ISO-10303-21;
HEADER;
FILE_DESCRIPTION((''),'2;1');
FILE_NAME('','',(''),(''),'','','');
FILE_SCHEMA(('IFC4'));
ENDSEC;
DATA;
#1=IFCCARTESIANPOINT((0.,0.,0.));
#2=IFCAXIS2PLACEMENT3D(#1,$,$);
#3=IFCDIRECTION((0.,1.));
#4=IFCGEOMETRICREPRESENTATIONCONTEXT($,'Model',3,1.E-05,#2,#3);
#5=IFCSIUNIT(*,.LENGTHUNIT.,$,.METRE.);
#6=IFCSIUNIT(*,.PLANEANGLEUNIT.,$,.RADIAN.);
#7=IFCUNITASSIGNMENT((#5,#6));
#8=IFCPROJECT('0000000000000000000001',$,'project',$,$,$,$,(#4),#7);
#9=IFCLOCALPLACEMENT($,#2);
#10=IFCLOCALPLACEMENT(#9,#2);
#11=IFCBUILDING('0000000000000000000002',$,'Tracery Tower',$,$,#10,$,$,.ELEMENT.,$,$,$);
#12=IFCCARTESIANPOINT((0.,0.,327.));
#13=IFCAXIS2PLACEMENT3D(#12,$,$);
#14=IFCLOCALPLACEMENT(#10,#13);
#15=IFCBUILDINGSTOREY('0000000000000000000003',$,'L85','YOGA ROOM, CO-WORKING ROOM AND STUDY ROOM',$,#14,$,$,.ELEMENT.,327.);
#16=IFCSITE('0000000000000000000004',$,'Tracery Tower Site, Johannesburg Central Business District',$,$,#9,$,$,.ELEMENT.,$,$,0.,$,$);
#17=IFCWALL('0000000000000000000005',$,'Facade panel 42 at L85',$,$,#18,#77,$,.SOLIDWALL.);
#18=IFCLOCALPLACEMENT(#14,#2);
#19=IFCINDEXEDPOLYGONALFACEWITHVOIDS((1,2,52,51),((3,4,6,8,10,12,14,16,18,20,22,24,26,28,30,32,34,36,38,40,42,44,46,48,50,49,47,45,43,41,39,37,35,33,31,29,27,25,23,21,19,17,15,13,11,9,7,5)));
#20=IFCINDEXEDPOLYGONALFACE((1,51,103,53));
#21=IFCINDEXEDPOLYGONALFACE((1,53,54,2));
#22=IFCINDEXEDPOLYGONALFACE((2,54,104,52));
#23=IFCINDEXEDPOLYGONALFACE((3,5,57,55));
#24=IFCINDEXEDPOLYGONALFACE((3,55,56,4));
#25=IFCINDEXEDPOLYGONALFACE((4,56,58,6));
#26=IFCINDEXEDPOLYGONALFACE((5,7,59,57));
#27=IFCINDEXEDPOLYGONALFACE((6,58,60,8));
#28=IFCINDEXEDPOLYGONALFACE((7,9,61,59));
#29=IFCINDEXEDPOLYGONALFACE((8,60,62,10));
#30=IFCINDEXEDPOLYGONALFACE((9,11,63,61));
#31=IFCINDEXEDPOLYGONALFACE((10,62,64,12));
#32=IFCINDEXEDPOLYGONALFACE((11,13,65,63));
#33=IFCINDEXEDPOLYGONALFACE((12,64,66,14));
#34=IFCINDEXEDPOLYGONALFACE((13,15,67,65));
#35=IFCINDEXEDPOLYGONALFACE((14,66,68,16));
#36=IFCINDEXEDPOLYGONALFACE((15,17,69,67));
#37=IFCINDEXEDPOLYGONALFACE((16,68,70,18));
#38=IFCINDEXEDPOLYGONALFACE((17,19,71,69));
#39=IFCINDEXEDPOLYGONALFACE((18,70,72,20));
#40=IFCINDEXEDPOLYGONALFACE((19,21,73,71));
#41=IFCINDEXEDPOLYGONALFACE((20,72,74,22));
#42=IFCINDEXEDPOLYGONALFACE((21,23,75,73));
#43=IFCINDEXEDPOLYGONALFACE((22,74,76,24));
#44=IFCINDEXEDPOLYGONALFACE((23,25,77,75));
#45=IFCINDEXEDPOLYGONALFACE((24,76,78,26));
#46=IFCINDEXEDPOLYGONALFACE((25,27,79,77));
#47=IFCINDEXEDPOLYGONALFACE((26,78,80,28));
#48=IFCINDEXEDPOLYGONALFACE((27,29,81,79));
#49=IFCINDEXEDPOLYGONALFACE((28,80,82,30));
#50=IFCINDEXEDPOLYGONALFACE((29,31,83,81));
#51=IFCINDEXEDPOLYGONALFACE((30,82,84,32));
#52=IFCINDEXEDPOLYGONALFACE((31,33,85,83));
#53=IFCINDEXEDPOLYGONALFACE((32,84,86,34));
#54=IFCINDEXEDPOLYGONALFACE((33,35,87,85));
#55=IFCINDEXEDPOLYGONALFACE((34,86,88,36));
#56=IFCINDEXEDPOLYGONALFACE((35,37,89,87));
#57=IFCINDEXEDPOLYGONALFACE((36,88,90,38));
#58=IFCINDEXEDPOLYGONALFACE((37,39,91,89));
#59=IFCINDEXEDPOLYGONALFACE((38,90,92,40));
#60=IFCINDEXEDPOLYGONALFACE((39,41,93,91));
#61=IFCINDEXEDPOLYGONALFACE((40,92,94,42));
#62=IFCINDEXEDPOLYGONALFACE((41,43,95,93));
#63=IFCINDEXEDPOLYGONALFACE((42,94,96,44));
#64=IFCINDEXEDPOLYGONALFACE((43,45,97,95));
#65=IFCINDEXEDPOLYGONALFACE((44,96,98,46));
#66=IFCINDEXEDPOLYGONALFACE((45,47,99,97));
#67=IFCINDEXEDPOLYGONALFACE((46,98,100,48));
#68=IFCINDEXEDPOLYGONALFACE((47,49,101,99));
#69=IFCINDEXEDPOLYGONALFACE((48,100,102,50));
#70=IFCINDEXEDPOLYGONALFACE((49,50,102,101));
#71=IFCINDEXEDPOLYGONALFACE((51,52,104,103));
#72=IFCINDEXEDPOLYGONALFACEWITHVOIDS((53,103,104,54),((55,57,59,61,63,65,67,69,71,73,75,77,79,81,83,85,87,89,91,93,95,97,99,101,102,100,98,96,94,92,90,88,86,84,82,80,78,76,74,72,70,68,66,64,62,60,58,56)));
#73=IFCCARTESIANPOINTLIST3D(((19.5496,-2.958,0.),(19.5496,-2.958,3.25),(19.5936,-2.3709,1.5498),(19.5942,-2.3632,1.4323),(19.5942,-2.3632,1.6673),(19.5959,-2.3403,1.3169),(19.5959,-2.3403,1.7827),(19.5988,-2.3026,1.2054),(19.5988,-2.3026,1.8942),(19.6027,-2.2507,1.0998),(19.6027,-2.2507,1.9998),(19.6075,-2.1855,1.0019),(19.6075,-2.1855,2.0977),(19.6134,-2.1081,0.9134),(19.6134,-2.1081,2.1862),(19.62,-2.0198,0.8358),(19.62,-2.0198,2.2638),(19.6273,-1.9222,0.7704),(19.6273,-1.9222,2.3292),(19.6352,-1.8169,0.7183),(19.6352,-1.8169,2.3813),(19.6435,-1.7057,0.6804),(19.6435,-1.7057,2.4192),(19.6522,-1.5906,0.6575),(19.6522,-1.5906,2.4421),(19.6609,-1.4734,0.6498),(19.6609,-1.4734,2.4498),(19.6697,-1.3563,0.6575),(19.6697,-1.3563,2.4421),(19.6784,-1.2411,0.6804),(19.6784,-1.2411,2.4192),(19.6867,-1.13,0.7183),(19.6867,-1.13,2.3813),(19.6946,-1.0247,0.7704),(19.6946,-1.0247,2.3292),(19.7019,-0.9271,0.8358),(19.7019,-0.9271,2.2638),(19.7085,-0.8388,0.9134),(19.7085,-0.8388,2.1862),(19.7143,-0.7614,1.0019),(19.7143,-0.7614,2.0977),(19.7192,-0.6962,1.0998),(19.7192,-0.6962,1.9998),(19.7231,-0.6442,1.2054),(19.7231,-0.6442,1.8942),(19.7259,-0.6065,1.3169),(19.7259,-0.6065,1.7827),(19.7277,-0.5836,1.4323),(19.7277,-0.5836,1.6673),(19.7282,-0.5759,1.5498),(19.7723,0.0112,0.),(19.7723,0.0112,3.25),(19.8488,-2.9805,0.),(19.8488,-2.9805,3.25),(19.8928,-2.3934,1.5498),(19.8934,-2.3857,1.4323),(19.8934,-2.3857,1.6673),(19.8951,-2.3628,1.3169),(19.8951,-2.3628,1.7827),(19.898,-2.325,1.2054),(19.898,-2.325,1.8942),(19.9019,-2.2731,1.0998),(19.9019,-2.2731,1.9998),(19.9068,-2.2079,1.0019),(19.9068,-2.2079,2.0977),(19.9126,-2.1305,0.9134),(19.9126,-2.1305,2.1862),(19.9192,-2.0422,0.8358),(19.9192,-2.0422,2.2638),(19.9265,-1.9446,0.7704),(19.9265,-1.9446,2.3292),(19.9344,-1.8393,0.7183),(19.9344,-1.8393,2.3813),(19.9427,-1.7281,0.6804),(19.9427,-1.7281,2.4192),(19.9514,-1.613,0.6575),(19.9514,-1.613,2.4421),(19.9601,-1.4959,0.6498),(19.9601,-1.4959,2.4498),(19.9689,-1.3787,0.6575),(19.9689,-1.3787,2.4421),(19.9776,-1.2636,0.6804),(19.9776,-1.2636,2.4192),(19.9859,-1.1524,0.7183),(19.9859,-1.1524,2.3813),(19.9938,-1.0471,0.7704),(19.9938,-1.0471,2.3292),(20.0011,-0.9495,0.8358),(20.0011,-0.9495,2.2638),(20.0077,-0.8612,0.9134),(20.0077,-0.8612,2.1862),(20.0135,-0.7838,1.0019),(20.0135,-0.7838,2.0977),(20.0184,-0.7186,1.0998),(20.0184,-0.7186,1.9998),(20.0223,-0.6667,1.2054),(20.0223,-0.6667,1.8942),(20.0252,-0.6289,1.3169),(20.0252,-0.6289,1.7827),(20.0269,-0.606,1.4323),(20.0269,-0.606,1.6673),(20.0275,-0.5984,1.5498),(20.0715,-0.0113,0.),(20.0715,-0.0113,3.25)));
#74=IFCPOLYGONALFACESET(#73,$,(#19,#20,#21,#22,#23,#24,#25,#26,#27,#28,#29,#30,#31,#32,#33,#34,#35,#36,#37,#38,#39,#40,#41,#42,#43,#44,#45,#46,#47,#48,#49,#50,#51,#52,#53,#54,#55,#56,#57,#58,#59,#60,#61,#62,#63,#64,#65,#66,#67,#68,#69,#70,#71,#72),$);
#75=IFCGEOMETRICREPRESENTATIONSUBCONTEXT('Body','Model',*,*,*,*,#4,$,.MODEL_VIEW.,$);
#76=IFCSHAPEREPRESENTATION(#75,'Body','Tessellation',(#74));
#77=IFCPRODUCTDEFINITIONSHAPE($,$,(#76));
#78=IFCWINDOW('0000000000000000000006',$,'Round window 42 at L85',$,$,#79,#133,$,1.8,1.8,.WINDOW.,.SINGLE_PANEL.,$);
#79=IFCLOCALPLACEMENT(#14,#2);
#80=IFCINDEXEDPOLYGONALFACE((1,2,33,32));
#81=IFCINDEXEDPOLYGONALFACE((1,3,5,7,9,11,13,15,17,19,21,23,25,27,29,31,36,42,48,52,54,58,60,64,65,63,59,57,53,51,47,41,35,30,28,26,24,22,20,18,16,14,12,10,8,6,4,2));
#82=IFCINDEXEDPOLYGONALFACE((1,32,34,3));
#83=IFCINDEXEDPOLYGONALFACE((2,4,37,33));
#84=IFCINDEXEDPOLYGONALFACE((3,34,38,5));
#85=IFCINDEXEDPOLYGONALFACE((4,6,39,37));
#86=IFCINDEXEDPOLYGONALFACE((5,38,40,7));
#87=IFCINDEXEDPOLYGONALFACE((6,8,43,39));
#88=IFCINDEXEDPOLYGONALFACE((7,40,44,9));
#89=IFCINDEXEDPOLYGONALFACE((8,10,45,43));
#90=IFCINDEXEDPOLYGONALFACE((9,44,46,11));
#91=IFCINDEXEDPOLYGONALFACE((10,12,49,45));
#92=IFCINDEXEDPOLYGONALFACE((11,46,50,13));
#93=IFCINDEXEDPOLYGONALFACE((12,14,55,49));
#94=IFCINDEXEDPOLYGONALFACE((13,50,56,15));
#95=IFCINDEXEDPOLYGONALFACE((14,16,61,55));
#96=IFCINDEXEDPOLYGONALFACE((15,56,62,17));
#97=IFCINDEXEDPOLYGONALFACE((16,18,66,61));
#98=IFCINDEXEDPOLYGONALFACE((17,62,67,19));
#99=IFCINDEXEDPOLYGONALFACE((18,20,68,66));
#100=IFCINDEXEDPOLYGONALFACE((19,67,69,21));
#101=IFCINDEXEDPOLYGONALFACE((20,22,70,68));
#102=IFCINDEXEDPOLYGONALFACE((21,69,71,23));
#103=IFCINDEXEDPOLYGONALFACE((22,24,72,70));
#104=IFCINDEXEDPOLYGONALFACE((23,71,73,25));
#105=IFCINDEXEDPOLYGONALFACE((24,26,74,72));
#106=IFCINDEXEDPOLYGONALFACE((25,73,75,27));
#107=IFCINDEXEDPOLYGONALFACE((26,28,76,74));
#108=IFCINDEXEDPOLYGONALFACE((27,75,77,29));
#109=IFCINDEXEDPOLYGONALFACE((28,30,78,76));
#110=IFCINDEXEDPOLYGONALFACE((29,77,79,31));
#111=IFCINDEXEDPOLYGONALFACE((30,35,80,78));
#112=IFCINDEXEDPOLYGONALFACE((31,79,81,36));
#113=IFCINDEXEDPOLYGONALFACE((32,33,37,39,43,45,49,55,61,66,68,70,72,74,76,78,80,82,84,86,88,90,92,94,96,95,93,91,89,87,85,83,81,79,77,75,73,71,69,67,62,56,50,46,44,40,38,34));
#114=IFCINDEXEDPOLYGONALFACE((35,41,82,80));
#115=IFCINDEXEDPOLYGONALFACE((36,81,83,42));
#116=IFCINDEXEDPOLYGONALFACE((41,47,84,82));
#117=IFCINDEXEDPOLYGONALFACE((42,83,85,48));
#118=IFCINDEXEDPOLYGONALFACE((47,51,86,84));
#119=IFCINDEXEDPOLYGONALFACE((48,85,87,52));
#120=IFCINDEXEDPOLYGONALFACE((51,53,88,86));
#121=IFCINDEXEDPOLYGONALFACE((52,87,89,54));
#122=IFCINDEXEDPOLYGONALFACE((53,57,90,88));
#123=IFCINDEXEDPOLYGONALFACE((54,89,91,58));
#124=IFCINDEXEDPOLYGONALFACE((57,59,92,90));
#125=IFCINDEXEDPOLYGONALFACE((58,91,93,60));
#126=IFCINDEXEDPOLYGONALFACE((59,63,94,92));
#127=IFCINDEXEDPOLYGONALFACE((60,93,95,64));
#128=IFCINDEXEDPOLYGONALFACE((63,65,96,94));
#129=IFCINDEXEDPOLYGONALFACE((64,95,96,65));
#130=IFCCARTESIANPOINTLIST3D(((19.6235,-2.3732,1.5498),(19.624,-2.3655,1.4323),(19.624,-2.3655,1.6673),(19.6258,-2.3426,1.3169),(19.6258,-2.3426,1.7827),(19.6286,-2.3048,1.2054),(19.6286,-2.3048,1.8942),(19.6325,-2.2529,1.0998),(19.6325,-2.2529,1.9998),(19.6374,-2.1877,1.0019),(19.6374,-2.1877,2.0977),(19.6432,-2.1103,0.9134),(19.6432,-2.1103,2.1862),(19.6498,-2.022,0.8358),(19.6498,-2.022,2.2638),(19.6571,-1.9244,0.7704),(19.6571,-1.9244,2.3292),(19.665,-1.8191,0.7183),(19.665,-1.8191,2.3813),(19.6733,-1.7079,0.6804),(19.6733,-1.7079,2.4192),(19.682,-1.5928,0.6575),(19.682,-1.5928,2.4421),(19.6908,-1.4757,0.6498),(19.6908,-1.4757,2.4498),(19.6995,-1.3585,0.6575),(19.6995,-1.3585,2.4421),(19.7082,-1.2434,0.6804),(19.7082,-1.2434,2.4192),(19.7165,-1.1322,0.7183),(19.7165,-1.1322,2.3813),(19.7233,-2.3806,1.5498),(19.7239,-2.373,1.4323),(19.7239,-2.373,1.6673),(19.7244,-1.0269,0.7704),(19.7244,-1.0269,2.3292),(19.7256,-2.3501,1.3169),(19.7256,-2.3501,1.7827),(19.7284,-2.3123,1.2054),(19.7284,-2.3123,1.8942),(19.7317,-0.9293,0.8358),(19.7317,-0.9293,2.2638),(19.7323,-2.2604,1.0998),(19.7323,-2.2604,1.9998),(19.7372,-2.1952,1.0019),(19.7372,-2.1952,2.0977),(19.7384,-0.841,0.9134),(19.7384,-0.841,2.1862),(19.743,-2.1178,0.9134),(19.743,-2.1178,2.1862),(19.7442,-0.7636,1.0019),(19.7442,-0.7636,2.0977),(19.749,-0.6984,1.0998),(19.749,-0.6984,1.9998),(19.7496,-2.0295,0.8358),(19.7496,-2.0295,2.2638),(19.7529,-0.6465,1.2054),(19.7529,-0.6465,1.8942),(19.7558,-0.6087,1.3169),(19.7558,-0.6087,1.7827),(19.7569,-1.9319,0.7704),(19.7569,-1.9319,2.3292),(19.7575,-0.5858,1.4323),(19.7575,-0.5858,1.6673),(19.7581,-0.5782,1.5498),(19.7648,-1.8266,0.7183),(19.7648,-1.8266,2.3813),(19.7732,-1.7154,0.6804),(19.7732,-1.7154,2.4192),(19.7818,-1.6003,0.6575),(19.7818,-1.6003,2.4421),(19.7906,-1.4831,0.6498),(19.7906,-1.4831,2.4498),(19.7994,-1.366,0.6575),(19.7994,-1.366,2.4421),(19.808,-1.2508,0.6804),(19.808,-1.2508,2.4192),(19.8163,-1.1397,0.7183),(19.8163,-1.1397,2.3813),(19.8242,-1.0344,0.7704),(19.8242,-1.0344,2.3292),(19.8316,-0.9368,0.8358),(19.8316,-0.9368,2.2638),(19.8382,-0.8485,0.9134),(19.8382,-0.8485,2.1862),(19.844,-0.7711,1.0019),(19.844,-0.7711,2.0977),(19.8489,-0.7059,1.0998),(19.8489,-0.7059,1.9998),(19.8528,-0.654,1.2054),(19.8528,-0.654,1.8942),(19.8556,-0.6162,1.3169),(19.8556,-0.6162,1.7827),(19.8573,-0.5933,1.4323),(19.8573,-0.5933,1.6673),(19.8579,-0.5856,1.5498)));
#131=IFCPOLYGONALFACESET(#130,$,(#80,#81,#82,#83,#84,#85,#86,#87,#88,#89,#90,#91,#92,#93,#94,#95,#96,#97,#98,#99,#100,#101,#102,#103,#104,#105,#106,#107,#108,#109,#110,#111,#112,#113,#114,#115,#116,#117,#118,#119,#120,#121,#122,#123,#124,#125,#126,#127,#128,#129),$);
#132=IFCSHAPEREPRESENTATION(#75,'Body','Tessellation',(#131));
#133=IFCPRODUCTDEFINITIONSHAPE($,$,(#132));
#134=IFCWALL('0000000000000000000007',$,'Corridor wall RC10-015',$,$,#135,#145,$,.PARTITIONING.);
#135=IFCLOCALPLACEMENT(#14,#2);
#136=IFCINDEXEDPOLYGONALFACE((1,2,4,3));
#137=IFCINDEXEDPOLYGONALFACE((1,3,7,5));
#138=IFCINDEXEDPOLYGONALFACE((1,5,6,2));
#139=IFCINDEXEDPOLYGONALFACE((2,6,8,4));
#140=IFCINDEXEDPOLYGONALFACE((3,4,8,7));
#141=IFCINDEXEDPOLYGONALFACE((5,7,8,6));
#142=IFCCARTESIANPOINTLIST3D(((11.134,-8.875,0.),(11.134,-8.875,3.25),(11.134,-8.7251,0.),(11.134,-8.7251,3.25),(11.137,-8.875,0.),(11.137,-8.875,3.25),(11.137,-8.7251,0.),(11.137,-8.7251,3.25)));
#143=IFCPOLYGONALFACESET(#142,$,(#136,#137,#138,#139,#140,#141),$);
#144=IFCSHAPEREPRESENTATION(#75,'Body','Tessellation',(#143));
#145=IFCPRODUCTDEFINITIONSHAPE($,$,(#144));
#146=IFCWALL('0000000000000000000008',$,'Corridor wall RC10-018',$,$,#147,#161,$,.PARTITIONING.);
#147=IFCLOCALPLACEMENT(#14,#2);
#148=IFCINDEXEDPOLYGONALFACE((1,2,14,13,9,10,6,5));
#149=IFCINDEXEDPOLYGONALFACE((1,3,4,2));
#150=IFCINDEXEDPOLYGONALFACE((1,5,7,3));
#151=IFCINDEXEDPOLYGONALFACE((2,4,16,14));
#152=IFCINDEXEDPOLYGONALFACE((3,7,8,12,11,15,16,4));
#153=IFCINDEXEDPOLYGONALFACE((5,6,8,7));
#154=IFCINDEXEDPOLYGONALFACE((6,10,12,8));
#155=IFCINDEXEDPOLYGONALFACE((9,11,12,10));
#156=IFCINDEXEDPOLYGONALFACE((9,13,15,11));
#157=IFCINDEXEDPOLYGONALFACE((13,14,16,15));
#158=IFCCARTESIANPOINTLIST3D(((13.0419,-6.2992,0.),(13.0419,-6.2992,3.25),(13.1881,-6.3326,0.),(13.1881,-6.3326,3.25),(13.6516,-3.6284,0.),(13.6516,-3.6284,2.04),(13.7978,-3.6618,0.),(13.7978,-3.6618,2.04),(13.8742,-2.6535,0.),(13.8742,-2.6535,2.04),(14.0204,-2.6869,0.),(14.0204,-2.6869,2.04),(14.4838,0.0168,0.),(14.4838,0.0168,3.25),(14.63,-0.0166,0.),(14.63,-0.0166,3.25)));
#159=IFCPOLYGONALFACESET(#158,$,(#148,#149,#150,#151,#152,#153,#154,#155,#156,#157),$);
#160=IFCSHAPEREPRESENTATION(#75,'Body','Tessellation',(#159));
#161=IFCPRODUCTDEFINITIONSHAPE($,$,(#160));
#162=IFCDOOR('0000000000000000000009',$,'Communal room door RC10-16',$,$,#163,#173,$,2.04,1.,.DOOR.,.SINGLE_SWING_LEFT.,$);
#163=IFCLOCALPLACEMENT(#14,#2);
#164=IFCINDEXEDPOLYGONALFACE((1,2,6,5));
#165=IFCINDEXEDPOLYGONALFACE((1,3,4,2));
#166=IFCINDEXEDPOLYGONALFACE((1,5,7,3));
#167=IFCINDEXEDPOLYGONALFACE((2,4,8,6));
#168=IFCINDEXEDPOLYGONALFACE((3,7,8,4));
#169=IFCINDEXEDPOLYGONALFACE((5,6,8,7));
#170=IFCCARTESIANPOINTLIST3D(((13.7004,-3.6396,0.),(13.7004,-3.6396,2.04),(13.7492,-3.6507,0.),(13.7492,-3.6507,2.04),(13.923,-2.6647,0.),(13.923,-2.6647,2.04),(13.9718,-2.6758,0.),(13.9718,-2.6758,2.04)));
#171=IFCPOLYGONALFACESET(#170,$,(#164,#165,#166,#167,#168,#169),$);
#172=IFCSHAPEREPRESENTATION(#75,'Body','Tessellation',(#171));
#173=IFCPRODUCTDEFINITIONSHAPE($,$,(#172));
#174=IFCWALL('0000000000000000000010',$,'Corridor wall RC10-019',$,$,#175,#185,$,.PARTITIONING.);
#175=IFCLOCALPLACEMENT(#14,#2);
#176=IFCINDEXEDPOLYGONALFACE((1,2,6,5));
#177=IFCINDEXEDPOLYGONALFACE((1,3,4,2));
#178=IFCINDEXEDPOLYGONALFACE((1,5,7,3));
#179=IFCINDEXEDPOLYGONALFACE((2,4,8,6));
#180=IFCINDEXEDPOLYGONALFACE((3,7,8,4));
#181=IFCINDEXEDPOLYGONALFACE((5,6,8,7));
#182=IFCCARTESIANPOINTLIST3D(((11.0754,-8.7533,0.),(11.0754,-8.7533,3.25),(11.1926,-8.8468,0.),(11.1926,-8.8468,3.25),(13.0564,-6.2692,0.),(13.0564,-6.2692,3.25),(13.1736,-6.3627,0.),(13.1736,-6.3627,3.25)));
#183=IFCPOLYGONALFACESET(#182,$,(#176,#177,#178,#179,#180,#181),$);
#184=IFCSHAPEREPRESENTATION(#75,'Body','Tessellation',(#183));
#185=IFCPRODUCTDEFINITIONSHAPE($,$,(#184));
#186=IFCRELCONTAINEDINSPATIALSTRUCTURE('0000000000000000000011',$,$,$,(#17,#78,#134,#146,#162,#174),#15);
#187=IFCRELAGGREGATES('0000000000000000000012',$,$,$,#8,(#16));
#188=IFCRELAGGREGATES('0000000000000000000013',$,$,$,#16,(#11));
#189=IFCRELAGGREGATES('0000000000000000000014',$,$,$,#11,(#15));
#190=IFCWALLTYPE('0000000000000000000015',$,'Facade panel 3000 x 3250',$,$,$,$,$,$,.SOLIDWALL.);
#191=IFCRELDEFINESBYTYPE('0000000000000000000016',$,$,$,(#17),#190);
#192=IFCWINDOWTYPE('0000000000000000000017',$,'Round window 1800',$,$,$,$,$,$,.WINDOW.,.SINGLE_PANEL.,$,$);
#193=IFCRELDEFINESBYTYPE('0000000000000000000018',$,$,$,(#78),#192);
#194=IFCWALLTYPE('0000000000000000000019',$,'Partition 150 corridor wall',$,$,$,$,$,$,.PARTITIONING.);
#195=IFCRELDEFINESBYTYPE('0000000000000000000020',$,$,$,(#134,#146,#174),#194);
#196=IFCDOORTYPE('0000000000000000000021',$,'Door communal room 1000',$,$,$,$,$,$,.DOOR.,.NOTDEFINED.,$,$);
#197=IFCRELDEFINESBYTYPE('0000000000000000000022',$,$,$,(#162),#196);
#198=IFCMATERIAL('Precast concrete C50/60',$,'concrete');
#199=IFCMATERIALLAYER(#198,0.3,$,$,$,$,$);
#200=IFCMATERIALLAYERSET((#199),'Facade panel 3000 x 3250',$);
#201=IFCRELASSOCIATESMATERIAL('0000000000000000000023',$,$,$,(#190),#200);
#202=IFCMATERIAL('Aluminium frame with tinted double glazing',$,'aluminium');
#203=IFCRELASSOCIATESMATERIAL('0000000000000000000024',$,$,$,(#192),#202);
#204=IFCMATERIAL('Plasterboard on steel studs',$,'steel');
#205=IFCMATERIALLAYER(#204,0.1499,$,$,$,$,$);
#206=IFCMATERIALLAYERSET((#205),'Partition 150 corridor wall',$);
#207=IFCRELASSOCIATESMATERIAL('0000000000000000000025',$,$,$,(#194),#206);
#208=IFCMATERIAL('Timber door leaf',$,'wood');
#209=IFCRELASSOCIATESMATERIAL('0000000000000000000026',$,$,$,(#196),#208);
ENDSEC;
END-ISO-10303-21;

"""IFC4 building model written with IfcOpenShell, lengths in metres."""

from ifc_helpers import new_model, si_unit, direction, frame, frame_2d, origin, origin_2d, place, context, subcontext, project, spatial, rectangle, circle, extrude, material, layer, layer_set, type_object, element, fill, save


model = new_model("IFC4")

# Units and contexts
model_context = context("Model", 3, precision=1e-05, world=origin(), true_north=direction((0.0, 1.0)))
body_context = subcontext(model_context, "Body", "Model", "MODEL_VIEW")
ifc_project = project(units=[si_unit("LENGTHUNIT", "METRE"), si_unit("PLANEANGLEUNIT", "RADIAN")], contexts=[model_context])

# Site, building, storey
site_placement = place(None, origin())
site = spatial("IfcSite", under=ifc_project, at=site_placement, Name="Tracery Tower Site, Johannesburg Central Business District", CompositionType="ELEMENT", RefElevation=0.0)
building_placement = place(site_placement, origin())
building = spatial("IfcBuilding", under=site, at=building_placement, Name="Tracery Tower", CompositionType="ELEMENT")
storey_placement = place(building_placement, frame((0.0, 0.0, 327.0)))
storey = spatial("IfcBuildingStorey", under=building, at=storey_placement, Name="L85", Description="YOGA ROOM, CO-WORKING ROOM AND STUDY ROOM", CompositionType="ELEMENT", Elevation=327.0)

# Wall, opening, window
ifc_material_1 = material(Name="Precast concrete C50/60", Category="concrete")
ifc_layer_1 = layer(ifc_material_1, 0.3)
ifc_layer_set_1 = layer_set([ifc_layer_1], Name="Facade panel 3000 x 3250")
wall_type_1 = type_object("IfcWallType", Name="Facade panel 3000 x 3250", PredefinedType="SOLIDWALL", material=ifc_layer_set_1)
ifc_material_2 = material(Name="Aluminium frame with tinted double glazing", Category="aluminium")
window_type = type_object("IfcWindowType", Name="Round window 1800", PartitioningType="SINGLE_PANEL", PredefinedType="WINDOW", material=ifc_material_2)
wall_1_placement = place(storey_placement, frame((19.6992, -2.9692, 0.0), z_axis=(0.0, 0.0, 1.0), x_axis=(0.074778, 0.9972, 0.0)))
wall_1 = element("IfcWall", 1, at=wall_1_placement, inside=storey, type_object=wall_type_1, Name="Facade panel 42 at L85", PredefinedType="SOLIDWALL", context=body_context, shape_type="SweptSolid", body=[
    extrude(rectangle(XDim=2.9775, YDim=0.3, at=frame_2d((1.4888, 0.0))), origin(), (0.0, 0.0, 1.0), 3.25),
])
opening_1_placement = place(wall_1_placement, frame((1.4888, 0.0, 1.5498)))
opening_1 = element("IfcOpeningElement", 2, at=opening_1_placement, cuts=wall_1, PredefinedType="OPENING", context=body_context, shape_type="SweptSolid", body=[
    extrude(circle(Radius=0.9, at=origin_2d()), frame((0.0, 0.1599, 0.0), z_axis=(0.0, -1.0, 0.0), x_axis=(1.0, 0.0, 0.0)), (0.0, 0.0, 1.0), 0.3201),
])
window_1_placement = place(opening_1_placement, origin())
window_1 = element("IfcWindow", 3, at=window_1_placement, inside=storey, type_object=window_type, Name="Round window 42 at L85", OverallHeight=1.8, OverallWidth=1.8, PartitioningType="SINGLE_PANEL", PredefinedType="WINDOW", context=body_context, shape_type="SweptSolid", body=[
    extrude(circle(Radius=0.9, at=origin_2d()), frame((0.0, 0.1201, 0.0), z_axis=(0.0, -1.0, 0.0), x_axis=(1.0, 0.0, 0.0)), (0.0, 0.0, 1.0), 0.1001),
])
fill(opening_1, window_1)

# Wall
ifc_material_3 = material(Name="Plasterboard on steel studs", Category="steel")
ifc_layer_2 = layer(ifc_material_3, 0.1499)
ifc_layer_set_2 = layer_set([ifc_layer_2], Name="Partition 150 corridor wall")
wall_type_2 = type_object("IfcWallType", Name="Partition 150 corridor wall", PredefinedType="PARTITIONING", material=ifc_layer_set_2)
wall_2_placement = place(storey_placement, frame((11.137, -8.8, 0.0), z_axis=(0.0, 0.0, 1.0), x_axis=(-1.0, 0.0, 0.0)))
element("IfcWall", 4, at=wall_2_placement, inside=storey, type_object=wall_type_2, Name="Corridor wall RC10-015", PredefinedType="PARTITIONING", context=body_context, shape_type="SweptSolid", body=[
    extrude(rectangle(XDim=0.0029, YDim=0.1499, at=frame_2d((0.0015, 0.0))), origin(), (0.0, 0.0, 1.0), 3.25),
])

# Wall, opening, door
wall_3_placement = place(storey_placement, frame((13.115, -6.3159, 0.0), z_axis=(0.0, 0.0, 1.0), x_axis=(0.222569, 0.974917, 0.0)))
wall_3 = element("IfcWall", 5, at=wall_3_placement, inside=storey, type_object=wall_type_2, Name="Corridor wall RC10-018", PredefinedType="PARTITIONING", context=body_context, shape_type="SweptSolid", body=[
    extrude(rectangle(XDim=6.4785, YDim=0.1499, at=frame_2d((3.2393, 0.0))), origin(), (0.0, 0.0, 1.0), 3.25),
])
opening_2_placement = place(wall_3_placement, frame((2.7395, 0.0, 0.0)))
opening_2 = element("IfcOpeningElement", 6, at=opening_2_placement, cuts=wall_3, PredefinedType="OPENING", context=body_context, shape_type="SweptSolid", body=[
    extrude(rectangle(XDim=1.0, YDim=2.04, at=frame_2d((0.5, 1.02))), frame((0.0, 0.075, 0.0), z_axis=(0.0, -1.0, 0.0), x_axis=(1.0, 0.0, 0.0)), (0.0, 0.0, 1.0), 0.1499),
])
ifc_material_4 = material(Name="Timber door leaf", Category="wood")
door_type_1 = type_object("IfcDoorType", Name="Door communal room 1000", OperationType="NOTDEFINED", PredefinedType="DOOR", material=ifc_material_4)
door_1_placement = place(opening_2_placement, origin())
door_1 = element("IfcDoor", 7, at=door_1_placement, inside=storey, type_object=door_type_1, Name="Communal room door RC10-16", OperationType="SINGLE_SWING_LEFT", OverallHeight=2.04, OverallWidth=1.0, PredefinedType="DOOR", context=body_context, shape_type="SweptSolid", body=[
    extrude(rectangle(XDim=1.0, YDim=2.04, at=frame_2d((0.5, 1.02))), frame((0.0, 0.0249, 0.0), z_axis=(0.0, -1.0, 0.0), x_axis=(1.0, 0.0, 0.0)), (0.0, 0.0, 1.0), 0.05),
])
fill(opening_2, door_1)

# Wall
wall_4_placement = place(storey_placement, frame((11.134, -8.8, 0.0), z_axis=(0.0, 0.0, 1.0), x_axis=(0.623476, 0.781842, 0.0)))
element("IfcWall", 8, at=wall_4_placement, inside=storey, type_object=wall_type_2, Name="Corridor wall RC10-019", PredefinedType="PARTITIONING", context=body_context, shape_type="SweptSolid", body=[
    extrude(rectangle(XDim=3.1772, YDim=0.1499, at=frame_2d((1.5886, 0.0))), origin(), (0.0, 0.0, 1.0), 3.25),
])

save(model, "model.ifc")
